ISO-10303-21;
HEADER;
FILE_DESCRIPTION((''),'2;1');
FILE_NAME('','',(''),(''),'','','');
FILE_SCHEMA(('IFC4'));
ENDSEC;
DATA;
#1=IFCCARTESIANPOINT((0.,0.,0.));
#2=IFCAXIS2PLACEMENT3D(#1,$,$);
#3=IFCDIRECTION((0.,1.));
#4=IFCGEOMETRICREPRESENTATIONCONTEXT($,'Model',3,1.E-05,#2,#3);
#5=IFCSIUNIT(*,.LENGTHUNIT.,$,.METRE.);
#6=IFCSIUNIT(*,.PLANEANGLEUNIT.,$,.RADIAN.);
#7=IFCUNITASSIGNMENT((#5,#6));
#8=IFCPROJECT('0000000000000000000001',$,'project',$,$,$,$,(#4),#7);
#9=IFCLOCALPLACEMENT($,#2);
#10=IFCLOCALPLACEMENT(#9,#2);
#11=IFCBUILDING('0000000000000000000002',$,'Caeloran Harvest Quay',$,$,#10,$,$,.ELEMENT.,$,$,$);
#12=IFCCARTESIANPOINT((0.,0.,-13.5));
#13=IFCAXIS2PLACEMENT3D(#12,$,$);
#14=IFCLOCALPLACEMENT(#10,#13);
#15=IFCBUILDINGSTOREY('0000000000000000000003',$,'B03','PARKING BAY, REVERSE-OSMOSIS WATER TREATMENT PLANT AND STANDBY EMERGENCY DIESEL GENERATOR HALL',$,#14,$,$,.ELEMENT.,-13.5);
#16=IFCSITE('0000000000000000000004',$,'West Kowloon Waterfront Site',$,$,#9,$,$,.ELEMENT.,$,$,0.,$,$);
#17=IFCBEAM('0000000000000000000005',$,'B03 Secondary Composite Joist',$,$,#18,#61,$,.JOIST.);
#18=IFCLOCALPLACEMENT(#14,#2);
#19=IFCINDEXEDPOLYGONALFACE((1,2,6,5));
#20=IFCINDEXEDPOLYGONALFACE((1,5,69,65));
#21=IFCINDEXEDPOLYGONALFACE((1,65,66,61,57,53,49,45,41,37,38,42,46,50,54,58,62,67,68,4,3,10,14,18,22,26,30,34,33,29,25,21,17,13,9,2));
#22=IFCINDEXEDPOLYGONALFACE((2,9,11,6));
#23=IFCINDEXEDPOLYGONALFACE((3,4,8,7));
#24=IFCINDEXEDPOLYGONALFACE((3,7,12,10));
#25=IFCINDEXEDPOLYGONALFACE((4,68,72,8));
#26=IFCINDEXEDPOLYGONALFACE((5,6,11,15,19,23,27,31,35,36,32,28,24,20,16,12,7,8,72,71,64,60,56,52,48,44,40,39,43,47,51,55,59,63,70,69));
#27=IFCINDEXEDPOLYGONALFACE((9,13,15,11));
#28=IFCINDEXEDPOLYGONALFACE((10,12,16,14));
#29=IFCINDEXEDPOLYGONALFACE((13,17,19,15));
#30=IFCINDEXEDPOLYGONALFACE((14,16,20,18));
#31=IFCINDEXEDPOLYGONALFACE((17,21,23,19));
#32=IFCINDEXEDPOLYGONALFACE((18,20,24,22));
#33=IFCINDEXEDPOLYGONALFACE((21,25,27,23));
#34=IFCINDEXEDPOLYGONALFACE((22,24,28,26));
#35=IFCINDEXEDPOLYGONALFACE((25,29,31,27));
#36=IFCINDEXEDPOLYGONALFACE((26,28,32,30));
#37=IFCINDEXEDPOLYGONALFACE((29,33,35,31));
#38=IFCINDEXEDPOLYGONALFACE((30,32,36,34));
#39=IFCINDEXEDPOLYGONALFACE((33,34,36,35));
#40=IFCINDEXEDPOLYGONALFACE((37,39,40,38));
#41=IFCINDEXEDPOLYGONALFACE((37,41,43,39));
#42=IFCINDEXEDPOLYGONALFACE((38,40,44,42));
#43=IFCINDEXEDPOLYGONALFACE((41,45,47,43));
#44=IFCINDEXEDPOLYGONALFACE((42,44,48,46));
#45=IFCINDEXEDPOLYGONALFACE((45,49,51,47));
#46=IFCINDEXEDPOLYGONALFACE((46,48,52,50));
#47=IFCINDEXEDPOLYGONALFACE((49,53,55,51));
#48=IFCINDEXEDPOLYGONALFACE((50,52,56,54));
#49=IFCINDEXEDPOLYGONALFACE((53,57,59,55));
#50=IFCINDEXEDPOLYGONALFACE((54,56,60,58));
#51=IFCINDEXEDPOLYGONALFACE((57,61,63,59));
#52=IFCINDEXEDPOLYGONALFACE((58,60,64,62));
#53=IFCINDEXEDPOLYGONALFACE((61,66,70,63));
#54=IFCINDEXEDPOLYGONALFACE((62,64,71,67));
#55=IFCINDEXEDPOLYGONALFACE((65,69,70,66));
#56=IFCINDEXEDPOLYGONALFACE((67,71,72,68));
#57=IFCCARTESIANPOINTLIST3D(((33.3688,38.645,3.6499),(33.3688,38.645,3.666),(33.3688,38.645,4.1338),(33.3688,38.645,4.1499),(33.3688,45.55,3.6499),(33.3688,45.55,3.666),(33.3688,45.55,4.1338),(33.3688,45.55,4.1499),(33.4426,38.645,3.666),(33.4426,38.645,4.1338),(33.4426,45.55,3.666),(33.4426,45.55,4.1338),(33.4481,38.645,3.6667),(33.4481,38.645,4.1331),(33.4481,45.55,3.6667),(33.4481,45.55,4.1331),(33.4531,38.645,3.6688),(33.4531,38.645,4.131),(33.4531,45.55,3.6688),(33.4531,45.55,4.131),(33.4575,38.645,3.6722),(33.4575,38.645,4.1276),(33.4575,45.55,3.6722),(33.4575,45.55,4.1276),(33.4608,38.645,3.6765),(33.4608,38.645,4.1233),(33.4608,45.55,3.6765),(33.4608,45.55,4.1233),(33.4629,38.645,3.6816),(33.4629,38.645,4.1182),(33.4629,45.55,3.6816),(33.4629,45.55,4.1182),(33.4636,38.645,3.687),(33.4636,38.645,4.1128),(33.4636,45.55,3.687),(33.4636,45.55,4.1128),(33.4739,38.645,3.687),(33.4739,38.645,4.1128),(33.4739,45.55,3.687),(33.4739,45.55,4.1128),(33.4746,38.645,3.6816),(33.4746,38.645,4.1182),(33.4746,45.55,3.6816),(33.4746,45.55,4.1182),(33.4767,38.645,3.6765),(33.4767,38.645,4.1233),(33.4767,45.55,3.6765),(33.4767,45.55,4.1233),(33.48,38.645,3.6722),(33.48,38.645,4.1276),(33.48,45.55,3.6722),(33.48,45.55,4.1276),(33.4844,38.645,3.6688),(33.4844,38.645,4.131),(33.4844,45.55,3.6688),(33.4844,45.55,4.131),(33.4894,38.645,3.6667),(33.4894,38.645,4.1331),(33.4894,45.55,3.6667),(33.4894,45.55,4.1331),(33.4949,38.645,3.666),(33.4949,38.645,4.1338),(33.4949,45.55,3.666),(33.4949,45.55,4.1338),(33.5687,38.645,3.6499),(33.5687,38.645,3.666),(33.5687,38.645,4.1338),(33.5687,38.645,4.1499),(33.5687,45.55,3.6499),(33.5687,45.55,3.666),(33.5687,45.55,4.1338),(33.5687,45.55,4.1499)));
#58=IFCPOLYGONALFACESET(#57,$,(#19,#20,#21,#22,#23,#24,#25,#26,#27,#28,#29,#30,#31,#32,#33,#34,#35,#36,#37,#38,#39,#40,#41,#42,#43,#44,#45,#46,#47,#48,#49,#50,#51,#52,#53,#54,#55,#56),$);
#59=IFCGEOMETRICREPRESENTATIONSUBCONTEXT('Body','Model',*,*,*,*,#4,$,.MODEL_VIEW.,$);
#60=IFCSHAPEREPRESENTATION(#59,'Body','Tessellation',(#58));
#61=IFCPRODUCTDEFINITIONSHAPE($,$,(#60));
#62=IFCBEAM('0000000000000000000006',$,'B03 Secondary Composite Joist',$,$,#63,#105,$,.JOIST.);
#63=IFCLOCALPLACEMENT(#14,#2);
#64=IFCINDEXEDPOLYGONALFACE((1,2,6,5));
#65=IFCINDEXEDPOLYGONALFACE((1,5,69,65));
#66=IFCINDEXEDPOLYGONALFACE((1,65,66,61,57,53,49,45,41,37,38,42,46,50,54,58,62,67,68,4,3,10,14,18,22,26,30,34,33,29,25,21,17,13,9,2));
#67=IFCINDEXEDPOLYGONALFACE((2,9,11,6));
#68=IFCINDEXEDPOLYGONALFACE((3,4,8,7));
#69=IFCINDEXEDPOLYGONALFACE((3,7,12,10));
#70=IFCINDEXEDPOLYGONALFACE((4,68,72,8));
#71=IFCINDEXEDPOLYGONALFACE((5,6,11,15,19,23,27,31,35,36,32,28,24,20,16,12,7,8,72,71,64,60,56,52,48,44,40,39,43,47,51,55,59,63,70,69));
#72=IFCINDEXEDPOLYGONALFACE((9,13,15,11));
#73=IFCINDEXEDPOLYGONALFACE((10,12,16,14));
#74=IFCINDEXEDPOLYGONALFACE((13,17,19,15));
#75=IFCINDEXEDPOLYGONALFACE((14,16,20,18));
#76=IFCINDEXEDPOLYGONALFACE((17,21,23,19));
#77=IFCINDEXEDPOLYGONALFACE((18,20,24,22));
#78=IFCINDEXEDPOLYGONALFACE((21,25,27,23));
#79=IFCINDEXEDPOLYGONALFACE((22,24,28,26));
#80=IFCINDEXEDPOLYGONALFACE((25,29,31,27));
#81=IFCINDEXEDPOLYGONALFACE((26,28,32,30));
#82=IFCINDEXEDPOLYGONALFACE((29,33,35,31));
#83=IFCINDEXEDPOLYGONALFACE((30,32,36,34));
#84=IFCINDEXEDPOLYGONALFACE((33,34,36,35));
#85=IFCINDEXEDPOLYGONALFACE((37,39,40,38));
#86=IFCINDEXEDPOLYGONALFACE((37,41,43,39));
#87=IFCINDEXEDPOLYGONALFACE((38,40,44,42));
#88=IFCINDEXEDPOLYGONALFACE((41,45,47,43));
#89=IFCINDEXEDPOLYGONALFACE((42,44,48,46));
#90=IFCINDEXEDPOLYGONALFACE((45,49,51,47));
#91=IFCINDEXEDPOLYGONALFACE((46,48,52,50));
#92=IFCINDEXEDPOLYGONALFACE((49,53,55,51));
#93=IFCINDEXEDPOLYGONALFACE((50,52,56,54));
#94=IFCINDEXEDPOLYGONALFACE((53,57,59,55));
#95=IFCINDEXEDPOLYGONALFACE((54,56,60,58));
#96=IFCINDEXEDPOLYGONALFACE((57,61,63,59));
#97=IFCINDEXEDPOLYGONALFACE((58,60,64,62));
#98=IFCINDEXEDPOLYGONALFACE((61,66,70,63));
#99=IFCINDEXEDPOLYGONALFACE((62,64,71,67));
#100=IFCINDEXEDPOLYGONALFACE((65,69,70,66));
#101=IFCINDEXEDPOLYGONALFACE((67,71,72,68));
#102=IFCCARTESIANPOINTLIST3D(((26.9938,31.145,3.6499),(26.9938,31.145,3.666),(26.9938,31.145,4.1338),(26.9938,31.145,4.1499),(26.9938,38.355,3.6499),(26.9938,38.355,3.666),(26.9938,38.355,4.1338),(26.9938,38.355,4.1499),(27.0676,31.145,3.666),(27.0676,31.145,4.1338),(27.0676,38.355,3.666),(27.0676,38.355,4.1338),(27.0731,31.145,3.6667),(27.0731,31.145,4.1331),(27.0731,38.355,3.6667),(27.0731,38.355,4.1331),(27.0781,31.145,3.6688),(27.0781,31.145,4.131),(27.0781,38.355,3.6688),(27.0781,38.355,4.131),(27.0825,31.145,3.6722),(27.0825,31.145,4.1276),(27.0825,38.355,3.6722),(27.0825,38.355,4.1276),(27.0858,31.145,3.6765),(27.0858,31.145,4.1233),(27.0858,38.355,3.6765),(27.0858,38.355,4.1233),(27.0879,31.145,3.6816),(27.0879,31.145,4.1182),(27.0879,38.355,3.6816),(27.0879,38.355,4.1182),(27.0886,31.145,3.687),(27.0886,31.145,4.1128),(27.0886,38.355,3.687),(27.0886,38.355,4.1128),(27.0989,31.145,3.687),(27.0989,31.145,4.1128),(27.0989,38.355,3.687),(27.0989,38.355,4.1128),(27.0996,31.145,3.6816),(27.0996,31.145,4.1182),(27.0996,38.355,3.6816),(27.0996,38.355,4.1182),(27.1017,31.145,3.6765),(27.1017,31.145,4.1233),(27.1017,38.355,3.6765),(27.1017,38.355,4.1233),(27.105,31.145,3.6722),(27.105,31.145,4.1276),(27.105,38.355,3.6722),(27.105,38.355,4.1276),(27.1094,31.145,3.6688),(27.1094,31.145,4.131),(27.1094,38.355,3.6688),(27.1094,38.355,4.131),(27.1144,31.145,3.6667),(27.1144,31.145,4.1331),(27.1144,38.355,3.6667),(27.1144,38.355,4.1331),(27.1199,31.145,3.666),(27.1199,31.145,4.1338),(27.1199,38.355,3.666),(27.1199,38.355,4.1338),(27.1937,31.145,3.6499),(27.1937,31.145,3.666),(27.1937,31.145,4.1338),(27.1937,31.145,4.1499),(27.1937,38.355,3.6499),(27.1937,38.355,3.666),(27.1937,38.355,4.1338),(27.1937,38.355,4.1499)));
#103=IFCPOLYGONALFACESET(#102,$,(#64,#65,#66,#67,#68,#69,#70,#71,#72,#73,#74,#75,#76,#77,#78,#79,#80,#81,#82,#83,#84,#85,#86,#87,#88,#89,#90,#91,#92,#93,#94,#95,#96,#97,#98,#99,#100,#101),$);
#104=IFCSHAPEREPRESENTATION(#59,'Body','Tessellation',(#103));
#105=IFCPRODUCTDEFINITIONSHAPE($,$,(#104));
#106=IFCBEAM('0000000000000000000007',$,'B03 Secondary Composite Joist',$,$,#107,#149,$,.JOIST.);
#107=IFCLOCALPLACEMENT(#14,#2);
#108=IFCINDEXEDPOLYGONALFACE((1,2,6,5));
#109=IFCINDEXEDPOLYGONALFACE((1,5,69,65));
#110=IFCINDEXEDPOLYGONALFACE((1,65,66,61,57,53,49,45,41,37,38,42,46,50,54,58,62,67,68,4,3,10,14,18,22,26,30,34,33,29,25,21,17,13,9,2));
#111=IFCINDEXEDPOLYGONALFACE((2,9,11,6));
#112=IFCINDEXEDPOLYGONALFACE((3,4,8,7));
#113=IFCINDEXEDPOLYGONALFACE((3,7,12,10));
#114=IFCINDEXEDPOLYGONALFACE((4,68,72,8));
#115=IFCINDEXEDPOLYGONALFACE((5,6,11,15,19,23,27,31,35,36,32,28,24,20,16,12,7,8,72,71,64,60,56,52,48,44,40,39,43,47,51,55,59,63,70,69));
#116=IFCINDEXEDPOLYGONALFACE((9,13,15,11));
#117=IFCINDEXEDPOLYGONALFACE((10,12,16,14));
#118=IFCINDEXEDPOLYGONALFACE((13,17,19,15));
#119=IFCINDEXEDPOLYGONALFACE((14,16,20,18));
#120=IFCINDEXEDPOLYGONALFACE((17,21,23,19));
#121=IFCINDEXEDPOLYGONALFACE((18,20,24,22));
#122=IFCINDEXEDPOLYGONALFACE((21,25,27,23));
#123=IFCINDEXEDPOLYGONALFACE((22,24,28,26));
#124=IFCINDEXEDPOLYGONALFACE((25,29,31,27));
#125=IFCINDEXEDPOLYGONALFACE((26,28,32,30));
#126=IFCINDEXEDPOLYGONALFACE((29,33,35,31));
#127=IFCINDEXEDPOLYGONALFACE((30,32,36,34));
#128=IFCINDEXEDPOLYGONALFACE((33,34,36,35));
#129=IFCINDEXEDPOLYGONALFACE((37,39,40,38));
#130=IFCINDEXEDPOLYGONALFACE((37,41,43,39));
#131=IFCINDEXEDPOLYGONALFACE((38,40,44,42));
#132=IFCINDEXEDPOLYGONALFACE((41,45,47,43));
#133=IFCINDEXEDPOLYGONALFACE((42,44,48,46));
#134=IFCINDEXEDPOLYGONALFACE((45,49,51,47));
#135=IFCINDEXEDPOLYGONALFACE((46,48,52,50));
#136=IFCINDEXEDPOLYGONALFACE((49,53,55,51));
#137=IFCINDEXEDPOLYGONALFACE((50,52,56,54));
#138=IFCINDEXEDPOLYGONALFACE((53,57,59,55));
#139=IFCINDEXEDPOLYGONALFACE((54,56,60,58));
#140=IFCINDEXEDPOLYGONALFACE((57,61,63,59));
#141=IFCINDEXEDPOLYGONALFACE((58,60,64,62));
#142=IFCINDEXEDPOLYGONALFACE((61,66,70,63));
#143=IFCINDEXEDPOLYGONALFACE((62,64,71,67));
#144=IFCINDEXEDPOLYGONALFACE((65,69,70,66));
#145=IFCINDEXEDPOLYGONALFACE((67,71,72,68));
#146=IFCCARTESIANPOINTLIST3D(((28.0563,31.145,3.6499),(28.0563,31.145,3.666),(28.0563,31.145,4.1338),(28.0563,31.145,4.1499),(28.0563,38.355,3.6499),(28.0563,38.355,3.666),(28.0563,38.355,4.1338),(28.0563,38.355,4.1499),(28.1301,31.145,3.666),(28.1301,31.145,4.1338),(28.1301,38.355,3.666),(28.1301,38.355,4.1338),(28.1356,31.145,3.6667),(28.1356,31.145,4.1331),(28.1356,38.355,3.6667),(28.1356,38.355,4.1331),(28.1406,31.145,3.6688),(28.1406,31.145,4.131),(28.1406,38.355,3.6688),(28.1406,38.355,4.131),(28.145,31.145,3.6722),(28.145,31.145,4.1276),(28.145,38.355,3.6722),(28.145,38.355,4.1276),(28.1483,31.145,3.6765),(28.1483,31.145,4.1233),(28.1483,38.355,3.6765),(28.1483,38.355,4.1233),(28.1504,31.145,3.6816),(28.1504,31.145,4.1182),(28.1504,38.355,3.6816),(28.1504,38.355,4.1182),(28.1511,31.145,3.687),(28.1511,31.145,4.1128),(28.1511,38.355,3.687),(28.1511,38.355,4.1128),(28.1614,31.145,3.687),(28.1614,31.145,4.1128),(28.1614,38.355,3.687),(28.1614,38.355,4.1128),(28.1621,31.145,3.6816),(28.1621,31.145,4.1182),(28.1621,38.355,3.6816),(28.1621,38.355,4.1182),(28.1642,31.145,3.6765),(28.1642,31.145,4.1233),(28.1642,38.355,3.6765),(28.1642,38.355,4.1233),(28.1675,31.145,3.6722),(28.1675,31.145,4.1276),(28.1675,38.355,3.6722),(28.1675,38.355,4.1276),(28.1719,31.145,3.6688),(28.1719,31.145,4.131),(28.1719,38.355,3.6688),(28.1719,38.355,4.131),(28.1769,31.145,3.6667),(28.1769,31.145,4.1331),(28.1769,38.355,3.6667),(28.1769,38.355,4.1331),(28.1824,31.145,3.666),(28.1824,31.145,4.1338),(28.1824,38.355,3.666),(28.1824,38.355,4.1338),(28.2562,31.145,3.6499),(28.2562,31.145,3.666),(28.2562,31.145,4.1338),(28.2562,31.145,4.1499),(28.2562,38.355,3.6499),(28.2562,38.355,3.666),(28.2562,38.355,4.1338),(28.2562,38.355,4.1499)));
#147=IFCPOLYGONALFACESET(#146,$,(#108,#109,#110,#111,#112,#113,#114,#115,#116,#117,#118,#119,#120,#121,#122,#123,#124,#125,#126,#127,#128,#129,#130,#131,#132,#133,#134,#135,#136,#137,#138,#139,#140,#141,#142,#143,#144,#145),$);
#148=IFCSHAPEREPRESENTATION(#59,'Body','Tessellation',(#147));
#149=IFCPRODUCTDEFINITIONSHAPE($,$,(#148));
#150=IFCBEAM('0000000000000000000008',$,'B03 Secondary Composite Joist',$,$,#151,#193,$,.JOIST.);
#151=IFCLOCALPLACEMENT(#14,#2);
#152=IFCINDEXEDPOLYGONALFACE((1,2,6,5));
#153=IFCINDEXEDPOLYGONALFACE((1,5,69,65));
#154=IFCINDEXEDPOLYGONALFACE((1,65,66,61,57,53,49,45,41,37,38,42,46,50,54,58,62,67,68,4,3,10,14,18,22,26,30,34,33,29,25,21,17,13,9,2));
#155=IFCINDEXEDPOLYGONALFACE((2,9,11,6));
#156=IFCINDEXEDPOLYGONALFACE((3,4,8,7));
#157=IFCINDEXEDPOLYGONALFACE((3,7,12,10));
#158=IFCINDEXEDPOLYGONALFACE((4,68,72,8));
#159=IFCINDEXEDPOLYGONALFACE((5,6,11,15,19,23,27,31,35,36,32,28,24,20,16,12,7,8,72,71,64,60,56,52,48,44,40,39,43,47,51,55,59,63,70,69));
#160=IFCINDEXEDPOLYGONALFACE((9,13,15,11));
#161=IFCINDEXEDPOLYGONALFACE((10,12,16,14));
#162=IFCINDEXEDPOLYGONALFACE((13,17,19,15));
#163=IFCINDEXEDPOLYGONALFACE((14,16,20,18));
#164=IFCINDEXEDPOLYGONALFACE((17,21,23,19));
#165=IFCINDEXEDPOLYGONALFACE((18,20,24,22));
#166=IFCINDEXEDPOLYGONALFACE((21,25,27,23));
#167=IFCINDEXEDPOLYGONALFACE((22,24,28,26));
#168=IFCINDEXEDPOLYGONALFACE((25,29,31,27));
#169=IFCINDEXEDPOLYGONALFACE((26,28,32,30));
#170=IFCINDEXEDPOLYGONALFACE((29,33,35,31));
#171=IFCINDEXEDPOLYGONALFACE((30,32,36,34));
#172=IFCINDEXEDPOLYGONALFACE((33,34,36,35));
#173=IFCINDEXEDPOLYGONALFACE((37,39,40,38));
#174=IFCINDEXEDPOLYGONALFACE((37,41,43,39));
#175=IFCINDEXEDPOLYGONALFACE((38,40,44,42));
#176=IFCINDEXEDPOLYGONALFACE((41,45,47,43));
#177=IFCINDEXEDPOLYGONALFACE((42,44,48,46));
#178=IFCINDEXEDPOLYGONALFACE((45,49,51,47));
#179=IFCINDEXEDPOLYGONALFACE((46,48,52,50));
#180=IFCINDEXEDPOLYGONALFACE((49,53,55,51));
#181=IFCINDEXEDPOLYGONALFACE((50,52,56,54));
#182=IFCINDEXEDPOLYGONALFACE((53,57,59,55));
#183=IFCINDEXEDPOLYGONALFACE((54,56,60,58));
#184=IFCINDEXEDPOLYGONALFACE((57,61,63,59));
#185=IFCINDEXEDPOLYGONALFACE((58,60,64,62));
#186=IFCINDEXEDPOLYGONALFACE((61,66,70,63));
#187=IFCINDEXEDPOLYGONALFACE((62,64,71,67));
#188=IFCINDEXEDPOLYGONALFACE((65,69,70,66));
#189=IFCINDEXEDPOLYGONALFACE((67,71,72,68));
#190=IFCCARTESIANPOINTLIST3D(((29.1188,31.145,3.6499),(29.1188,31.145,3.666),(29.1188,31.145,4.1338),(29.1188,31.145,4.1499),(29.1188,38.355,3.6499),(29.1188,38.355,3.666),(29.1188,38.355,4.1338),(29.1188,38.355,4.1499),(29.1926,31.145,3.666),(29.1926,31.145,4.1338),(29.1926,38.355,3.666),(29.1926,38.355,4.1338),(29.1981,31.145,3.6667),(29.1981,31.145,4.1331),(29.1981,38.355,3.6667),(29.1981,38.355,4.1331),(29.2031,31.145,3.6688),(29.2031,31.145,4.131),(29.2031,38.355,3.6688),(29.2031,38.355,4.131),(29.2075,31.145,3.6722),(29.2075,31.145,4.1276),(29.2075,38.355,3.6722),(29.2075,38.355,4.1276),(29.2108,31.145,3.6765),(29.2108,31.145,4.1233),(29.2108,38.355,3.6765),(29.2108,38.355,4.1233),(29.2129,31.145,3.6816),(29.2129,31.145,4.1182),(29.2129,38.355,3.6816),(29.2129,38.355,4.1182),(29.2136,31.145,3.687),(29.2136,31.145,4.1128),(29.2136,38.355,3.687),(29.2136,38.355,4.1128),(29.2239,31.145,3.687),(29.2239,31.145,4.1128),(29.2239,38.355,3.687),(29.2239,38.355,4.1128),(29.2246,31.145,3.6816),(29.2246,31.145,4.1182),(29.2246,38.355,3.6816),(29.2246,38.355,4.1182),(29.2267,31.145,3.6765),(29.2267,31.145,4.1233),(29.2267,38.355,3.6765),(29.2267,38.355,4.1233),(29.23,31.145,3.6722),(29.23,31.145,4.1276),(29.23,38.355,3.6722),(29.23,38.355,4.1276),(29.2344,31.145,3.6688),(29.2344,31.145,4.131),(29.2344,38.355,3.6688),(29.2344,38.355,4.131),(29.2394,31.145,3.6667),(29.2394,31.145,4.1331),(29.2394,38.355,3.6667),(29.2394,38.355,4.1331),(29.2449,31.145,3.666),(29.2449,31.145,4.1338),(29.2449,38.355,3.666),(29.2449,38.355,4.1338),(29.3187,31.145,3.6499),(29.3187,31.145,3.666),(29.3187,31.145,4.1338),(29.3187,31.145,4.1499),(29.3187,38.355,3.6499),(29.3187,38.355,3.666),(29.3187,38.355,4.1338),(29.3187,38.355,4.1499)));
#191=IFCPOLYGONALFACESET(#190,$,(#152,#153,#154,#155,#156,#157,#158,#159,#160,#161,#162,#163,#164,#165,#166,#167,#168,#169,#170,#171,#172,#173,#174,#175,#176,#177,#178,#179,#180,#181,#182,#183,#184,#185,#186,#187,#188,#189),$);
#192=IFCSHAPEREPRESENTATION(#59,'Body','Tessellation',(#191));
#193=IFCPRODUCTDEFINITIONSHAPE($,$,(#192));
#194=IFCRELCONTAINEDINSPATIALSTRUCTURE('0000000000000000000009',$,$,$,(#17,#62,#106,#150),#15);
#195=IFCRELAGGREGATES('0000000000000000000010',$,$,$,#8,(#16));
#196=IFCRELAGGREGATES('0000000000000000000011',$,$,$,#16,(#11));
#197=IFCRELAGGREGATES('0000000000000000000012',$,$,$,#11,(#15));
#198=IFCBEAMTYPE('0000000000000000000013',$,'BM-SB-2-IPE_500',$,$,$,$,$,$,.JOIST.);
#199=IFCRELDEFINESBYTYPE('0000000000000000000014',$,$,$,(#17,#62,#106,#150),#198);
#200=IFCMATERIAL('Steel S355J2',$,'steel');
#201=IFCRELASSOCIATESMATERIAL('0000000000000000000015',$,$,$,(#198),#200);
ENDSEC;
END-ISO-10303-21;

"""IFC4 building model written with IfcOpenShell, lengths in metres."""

from ifc_helpers import new_model, si_unit, direction, frame, origin, origin_2d, place, context, subcontext, project, spatial, i_section, extrude, material, material_profile, profile_set, type_object, element, save


model = new_model("IFC4")

# Units and contexts
model_context = context("Model", 3, precision=1e-05, world=origin(), true_north=direction((0.0, 1.0)))
body_context = subcontext(model_context, "Body", "Model", "MODEL_VIEW")
ifc_project = project(units=[si_unit("LENGTHUNIT", "METRE"), si_unit("PLANEANGLEUNIT", "RADIAN")], contexts=[model_context])

# Site, building, storey
site_placement = place(None, origin())
site = spatial("IfcSite", under=ifc_project, at=site_placement, Name="West Kowloon Waterfront Site", CompositionType="ELEMENT", RefElevation=0.0)
building_placement = place(site_placement, origin())
building = spatial("IfcBuilding", under=site, at=building_placement, Name="Caeloran Harvest Quay", CompositionType="ELEMENT")
storey_placement = place(building_placement, frame((0.0, 0.0, -13.5)))
storey = spatial("IfcBuildingStorey", under=building, at=storey_placement, Name="B03", Description="PARKING BAY, REVERSE-OSMOSIS WATER TREATMENT PLANT AND STANDBY EMERGENCY DIESEL GENERATOR HALL", CompositionType="ELEMENT", Elevation=-13.5)

# Beams
ifc_material_1 = material(Name="Steel S355J2", Category="steel")
ifc_material_profile_1 = material_profile(ifc_material_1, i_section(OverallWidth=0.2, OverallDepth=0.5, WebThickness=0.0103, FlangeThickness=0.0161, FilletRadius=0.021, at=origin_2d()), Name="IPE 500")
ifc_profile_set_1 = profile_set([ifc_material_profile_1], Name="Steel S355J2")
beam_type_1 = type_object("IfcBeamType", Name="BM-SB-2-IPE_500", PredefinedType="JOIST", material=ifc_profile_set_1)
for number, where, z_axis, x_axis, name in (
    (1, (33.4688, 38.645, 3.8999), (0.0, 1.0, 0.0), (-1.0, 0.0, 0.0), "B03 Secondary Composite Joist"),
):
    element("IfcBeam", number, at=place(storey_placement, frame(where, z_axis=z_axis, x_axis=x_axis)), inside=storey, type_object=beam_type_1, Name=name, PredefinedType="JOIST", context=body_context, shape_type="SweptSolid", body=[
        extrude(i_section(OverallWidth=0.2, OverallDepth=0.5, WebThickness=0.0103, FlangeThickness=0.0161, FilletRadius=0.021, at=origin_2d()), origin(), (0.0, 0.0, 1.0), 6.905),
    ])
for number, where, z_axis, x_axis, name in (
    (2, (27.0938, 31.145, 3.8999), (0.0, 1.0, 0.0), (-1.0, 0.0, 0.0), "B03 Secondary Composite Joist"),
    (3, (28.1562, 31.145, 3.8999), (0.0, 1.0, 0.0), (-1.0, 0.0, 0.0), "B03 Secondary Composite Joist"),
    (4, (29.2188, 31.145, 3.8999), (0.0, 1.0, 0.0), (-1.0, 0.0, 0.0), "B03 Secondary Composite Joist"),
):
    element("IfcBeam", number, at=place(storey_placement, frame(where, z_axis=z_axis, x_axis=x_axis)), inside=storey, type_object=beam_type_1, Name=name, PredefinedType="JOIST", context=body_context, shape_type="SweptSolid", body=[
        extrude(i_section(OverallWidth=0.2, OverallDepth=0.5, WebThickness=0.0103, FlangeThickness=0.0161, FilletRadius=0.021, at=origin_2d()), origin(), (0.0, 0.0, 1.0), 7.21),
    ])

save(model, "model.ifc")
